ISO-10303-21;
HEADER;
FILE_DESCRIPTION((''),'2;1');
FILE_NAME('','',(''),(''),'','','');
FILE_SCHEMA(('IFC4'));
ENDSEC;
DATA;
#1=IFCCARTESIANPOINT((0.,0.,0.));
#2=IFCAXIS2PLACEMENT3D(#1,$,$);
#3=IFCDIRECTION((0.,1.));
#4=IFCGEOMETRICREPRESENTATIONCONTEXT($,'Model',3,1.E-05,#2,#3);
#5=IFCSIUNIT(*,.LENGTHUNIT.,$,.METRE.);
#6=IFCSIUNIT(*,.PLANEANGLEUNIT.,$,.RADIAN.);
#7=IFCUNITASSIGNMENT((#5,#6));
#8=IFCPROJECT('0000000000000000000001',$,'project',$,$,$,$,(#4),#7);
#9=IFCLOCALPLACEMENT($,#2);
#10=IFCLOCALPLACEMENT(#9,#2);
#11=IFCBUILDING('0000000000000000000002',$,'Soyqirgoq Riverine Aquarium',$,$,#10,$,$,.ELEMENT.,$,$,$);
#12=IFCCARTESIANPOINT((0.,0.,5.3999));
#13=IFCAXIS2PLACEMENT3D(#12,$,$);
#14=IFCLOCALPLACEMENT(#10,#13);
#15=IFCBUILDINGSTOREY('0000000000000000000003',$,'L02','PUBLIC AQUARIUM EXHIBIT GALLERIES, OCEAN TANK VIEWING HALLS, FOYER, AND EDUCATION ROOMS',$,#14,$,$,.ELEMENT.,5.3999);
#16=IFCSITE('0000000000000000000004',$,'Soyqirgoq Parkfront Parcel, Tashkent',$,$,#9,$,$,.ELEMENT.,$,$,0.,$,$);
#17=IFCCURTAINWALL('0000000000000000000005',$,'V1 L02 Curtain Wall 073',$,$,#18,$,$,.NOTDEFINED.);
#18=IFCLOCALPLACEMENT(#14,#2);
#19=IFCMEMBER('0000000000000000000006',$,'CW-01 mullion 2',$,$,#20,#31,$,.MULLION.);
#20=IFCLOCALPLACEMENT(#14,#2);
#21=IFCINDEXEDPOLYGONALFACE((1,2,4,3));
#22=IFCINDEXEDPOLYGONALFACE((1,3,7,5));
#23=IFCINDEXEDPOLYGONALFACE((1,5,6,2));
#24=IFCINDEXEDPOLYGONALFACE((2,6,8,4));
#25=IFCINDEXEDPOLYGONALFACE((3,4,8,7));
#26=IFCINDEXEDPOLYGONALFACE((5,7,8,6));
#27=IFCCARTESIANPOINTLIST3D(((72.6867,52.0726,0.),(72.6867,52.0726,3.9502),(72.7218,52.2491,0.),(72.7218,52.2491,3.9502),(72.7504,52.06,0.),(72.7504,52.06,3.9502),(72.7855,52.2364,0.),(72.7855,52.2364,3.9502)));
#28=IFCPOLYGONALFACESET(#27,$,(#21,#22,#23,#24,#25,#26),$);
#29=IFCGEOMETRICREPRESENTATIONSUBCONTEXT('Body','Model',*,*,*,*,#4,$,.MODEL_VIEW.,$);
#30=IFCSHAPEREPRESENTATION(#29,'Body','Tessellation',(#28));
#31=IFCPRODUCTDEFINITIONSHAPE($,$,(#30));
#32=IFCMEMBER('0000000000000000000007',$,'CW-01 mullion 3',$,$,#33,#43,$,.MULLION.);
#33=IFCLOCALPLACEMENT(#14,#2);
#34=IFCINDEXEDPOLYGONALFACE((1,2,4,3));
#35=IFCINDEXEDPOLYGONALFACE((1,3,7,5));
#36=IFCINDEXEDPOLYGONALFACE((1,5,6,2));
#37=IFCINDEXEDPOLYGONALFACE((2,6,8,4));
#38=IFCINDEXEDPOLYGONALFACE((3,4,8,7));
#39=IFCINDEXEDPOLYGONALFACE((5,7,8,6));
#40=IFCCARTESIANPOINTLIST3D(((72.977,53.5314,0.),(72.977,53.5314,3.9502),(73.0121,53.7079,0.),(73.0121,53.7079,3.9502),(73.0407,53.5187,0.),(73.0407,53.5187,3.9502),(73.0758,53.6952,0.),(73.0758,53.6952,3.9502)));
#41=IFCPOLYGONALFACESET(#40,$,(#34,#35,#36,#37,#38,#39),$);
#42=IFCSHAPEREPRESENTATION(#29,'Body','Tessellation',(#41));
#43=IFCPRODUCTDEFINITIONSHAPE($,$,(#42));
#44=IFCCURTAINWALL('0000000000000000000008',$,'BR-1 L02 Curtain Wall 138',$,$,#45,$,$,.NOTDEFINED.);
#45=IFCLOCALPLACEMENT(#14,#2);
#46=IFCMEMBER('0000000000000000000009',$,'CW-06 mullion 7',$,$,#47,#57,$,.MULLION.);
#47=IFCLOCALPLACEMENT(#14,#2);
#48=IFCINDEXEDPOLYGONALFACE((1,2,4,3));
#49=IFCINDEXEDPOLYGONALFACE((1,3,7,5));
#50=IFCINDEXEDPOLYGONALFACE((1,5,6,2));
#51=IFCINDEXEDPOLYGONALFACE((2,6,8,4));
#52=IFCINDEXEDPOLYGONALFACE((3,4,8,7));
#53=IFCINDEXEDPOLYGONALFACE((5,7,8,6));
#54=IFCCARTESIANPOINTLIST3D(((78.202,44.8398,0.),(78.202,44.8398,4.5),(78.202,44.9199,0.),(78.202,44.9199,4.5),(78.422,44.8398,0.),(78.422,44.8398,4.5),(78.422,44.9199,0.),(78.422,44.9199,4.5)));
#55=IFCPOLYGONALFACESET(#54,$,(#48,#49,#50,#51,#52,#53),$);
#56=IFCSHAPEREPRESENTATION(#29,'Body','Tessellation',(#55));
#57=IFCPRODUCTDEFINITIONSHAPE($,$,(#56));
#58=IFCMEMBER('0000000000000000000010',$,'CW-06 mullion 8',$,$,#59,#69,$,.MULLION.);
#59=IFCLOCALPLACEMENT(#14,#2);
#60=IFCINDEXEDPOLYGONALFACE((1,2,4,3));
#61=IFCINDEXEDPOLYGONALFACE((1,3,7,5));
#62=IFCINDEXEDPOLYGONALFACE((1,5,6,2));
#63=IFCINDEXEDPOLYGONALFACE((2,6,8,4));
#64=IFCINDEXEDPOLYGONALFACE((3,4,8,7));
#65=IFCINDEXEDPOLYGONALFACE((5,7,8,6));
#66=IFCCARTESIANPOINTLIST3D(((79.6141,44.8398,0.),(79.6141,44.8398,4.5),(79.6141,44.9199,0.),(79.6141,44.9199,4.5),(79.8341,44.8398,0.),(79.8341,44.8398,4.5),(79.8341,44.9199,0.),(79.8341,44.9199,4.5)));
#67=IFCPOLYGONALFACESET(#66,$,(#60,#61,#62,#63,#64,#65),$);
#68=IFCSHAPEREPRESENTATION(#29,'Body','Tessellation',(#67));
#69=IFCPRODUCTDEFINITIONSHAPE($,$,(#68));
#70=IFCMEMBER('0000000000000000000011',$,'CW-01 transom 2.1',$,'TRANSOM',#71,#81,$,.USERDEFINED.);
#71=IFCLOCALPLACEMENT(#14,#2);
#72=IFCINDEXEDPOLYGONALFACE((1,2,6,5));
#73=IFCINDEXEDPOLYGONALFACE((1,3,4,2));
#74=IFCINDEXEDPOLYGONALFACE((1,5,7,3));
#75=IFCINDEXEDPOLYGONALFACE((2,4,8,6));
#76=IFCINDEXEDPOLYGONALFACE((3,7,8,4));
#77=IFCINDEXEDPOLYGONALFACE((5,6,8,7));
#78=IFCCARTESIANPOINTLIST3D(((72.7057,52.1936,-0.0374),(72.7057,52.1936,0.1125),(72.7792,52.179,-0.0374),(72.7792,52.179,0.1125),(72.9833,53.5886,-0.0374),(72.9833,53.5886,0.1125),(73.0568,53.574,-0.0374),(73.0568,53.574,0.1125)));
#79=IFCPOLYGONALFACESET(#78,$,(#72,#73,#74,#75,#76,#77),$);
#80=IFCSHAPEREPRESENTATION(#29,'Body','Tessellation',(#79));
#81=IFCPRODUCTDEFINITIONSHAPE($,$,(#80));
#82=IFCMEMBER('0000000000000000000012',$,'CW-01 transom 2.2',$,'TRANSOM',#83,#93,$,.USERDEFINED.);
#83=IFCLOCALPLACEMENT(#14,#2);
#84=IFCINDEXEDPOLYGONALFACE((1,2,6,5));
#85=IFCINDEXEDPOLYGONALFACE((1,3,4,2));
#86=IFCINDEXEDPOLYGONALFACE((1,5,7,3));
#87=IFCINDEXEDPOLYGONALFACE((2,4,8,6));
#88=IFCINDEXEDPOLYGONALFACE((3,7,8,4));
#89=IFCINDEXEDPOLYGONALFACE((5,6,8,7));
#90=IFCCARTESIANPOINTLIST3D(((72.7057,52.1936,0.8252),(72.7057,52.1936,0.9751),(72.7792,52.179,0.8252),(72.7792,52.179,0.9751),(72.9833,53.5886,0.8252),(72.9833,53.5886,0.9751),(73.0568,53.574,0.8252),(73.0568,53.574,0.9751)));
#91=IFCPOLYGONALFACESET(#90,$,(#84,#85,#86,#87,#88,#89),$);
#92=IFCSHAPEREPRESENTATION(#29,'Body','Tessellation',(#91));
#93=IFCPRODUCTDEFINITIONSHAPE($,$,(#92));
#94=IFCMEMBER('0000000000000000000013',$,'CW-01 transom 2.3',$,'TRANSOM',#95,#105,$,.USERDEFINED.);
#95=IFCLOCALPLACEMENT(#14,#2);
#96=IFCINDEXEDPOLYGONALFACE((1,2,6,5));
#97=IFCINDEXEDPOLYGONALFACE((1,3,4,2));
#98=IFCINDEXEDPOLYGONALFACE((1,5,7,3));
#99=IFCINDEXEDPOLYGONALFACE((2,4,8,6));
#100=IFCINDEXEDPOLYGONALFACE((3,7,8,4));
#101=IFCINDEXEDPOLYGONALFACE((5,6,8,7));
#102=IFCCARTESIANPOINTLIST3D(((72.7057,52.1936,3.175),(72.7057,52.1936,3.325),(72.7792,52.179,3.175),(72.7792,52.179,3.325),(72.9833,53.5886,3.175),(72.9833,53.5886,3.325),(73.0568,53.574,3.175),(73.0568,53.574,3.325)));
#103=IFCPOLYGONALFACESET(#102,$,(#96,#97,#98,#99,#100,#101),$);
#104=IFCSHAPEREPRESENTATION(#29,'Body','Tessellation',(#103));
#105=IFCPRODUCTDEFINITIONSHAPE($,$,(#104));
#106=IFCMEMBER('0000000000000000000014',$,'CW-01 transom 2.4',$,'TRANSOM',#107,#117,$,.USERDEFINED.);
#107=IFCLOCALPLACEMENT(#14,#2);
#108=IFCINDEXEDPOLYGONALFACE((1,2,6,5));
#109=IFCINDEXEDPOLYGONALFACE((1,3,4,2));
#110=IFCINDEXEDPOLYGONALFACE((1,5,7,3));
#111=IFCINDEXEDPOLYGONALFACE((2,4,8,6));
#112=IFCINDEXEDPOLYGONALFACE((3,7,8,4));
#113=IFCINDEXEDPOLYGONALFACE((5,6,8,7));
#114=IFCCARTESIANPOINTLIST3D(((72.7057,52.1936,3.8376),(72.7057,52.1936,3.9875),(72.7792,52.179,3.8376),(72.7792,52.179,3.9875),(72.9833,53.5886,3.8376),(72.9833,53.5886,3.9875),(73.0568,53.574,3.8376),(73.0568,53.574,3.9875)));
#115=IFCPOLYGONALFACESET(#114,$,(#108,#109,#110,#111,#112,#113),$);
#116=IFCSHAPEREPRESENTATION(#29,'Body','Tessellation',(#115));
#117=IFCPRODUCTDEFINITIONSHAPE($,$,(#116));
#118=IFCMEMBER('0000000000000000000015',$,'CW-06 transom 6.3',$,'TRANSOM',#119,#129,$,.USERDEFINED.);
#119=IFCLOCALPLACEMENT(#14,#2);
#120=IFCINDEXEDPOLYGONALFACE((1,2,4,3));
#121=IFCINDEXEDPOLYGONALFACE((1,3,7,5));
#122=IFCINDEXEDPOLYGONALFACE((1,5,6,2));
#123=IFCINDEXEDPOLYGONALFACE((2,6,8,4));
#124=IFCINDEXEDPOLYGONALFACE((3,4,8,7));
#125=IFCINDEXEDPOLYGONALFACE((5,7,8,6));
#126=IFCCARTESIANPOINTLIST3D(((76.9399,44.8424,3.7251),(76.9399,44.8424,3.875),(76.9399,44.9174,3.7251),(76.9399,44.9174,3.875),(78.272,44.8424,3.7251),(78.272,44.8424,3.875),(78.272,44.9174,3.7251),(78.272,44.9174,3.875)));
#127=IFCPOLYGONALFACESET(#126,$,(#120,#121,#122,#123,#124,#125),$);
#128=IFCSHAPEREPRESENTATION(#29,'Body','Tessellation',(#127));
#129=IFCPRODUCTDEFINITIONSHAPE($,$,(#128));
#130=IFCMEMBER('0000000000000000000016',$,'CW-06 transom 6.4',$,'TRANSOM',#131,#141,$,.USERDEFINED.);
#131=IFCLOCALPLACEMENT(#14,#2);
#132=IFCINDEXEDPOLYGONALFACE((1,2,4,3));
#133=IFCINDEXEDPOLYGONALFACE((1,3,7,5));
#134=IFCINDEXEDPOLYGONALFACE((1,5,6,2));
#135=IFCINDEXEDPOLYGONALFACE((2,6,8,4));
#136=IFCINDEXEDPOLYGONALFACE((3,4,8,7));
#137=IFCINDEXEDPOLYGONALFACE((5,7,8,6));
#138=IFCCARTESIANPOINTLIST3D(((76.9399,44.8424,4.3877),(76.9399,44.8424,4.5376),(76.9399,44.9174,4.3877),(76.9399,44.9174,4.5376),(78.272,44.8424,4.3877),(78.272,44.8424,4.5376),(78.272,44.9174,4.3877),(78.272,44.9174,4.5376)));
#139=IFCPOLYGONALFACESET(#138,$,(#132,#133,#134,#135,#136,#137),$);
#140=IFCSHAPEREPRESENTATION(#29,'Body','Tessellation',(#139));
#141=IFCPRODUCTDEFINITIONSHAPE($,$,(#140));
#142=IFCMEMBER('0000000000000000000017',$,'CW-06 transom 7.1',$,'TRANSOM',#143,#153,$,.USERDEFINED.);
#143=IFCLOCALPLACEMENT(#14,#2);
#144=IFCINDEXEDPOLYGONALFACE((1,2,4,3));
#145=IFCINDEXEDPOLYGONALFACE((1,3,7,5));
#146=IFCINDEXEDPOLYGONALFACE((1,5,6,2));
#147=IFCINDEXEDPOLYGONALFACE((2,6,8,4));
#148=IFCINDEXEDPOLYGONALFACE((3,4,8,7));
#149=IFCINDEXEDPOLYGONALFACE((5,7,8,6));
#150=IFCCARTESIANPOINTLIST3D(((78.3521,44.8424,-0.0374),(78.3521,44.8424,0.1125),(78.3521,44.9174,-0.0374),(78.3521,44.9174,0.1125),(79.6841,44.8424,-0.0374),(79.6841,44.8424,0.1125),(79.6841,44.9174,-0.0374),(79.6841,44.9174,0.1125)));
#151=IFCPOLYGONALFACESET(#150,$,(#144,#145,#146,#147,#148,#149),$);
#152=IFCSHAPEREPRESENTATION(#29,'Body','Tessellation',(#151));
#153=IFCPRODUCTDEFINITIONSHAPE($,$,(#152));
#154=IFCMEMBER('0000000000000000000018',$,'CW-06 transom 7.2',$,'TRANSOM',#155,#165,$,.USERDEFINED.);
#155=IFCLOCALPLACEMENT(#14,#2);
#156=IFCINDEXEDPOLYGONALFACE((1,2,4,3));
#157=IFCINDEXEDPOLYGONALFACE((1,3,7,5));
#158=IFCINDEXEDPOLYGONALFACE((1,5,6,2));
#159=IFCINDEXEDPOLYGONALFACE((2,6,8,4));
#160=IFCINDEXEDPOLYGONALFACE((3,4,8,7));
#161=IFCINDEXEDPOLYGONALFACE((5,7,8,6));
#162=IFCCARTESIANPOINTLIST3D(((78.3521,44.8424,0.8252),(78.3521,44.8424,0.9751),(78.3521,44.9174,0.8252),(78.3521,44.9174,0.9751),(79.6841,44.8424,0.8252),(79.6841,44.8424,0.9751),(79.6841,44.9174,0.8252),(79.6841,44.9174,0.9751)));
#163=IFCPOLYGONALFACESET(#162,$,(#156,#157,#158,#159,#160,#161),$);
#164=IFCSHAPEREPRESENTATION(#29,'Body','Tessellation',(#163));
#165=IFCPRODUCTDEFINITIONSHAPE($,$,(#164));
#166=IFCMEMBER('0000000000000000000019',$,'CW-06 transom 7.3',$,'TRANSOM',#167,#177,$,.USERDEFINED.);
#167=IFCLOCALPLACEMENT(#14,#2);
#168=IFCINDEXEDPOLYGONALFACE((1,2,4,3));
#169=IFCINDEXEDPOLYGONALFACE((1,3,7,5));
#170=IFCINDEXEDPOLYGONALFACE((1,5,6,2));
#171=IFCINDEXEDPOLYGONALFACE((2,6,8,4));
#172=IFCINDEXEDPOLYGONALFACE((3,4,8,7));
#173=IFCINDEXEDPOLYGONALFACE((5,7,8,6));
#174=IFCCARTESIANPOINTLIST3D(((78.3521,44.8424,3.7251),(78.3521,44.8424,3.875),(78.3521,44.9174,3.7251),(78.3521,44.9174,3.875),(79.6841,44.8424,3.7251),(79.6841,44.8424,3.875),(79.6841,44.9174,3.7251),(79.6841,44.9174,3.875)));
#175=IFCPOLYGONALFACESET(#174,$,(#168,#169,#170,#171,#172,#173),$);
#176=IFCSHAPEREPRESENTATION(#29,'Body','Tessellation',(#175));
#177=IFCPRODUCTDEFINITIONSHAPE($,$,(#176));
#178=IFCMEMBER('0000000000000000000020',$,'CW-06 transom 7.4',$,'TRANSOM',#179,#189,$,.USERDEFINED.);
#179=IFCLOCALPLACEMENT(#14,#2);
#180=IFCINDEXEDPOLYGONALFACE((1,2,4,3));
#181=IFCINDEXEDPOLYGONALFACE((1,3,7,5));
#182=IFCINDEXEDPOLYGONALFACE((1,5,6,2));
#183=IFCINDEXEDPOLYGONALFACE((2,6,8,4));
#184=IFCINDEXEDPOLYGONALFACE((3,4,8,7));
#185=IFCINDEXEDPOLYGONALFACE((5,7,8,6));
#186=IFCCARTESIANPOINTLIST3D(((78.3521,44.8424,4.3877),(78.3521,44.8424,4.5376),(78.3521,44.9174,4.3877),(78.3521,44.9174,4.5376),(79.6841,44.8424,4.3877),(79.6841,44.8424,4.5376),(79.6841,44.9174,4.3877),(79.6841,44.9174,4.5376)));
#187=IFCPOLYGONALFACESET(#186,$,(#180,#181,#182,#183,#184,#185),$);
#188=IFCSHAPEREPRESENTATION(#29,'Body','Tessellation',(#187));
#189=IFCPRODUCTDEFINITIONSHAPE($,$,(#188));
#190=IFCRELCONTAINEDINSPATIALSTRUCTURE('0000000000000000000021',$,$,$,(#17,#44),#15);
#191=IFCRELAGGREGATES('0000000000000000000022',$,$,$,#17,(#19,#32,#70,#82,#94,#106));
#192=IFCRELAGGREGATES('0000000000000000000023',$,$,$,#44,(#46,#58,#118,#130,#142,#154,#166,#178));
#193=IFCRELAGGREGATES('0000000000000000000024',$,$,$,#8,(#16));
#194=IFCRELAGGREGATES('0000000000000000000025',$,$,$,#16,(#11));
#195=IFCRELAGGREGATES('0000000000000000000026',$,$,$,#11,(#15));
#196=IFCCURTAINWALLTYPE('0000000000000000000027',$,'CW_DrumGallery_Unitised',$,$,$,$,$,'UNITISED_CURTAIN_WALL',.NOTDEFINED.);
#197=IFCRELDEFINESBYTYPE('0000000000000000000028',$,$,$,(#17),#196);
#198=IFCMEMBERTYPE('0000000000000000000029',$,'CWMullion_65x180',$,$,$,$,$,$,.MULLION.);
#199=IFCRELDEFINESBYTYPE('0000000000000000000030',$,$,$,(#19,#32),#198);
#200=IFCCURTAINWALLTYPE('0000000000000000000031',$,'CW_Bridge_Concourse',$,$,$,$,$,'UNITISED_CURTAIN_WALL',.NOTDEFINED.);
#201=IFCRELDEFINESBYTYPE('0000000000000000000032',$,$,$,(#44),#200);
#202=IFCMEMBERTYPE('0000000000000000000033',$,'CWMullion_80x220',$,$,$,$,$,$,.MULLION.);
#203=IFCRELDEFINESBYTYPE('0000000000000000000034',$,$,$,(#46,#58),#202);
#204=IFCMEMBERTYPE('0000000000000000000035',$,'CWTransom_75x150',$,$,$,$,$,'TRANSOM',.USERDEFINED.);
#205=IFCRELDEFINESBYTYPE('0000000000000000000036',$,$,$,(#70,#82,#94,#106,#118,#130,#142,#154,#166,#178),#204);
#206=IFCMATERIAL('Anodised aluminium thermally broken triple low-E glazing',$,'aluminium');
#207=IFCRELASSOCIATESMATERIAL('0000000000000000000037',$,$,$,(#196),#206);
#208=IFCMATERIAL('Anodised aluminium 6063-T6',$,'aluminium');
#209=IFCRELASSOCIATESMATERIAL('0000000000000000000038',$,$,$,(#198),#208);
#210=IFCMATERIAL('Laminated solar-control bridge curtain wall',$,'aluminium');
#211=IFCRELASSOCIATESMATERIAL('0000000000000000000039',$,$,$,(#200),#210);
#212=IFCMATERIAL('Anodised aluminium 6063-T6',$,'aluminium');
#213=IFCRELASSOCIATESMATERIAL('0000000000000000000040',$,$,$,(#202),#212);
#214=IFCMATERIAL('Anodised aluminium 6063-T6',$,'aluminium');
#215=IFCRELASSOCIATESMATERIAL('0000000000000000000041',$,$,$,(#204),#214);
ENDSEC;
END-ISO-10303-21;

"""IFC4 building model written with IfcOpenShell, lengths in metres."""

from ifc_helpers import new_model, si_unit, direction, frame, origin, origin_2d, place, context, subcontext, project, spatial, rectangle, extrude, material, material_profile, profile_set, type_object, element, aggregate, save


model = new_model("IFC4")

# Units and contexts
model_context = context("Model", 3, precision=1e-05, world=origin(), true_north=direction((0.0, 1.0)))
body_context = subcontext(model_context, "Body", "Model", "MODEL_VIEW")
ifc_project = project(units=[si_unit("LENGTHUNIT", "METRE"), si_unit("PLANEANGLEUNIT", "RADIAN")], contexts=[model_context])

# Site, building, storey
site_placement = place(None, origin())
site = spatial("IfcSite", under=ifc_project, at=site_placement, Name="Soyqirgoq Parkfront Parcel, Tashkent", CompositionType="ELEMENT", RefElevation=0.0)
building_placement = place(site_placement, origin())
building = spatial("IfcBuilding", under=site, at=building_placement, Name="Soyqirgoq Riverine Aquarium", CompositionType="ELEMENT")
storey_placement = place(building_placement, frame((0.0, 0.0, 5.3999)))
storey = spatial("IfcBuildingStorey", under=building, at=storey_placement, Name="L02", Description="PUBLIC AQUARIUM EXHIBIT GALLERIES, OCEAN TANK VIEWING HALLS, FOYER, AND EDUCATION ROOMS", CompositionType="ELEMENT", Elevation=5.3999)

# Curtain walls, members
ifc_material_1 = material(Name="Anodised aluminium thermally broken triple low-E glazing", Category="aluminium")
curtain_wall_type_1 = type_object("IfcCurtainWallType", Name="CW_DrumGallery_Unitised", ElementType="UNITISED_CURTAIN_WALL", PredefinedType="NOTDEFINED", material=ifc_material_1)
curtain_wall_1_placement = place(storey_placement, origin())
curtain_wall_1 = element("IfcCurtainWall", 1, at=curtain_wall_1_placement, inside=storey, type_object=curtain_wall_type_1, Name="V1 L02 Curtain Wall 073", PredefinedType="NOTDEFINED")
ifc_material_2 = material(Name="Anodised aluminium 6063-T6", Category="aluminium")
ifc_material_profile_1 = material_profile(ifc_material_2, rectangle(XDim=0.0649, YDim=0.1799, at=origin_2d()), Name="ALU-M 65x180")
ifc_profile_set_1 = profile_set([ifc_material_profile_1], Name="Anodised aluminium 6063-T6")
member_type_1 = type_object("IfcMemberType", Name="CWMullion_65x180", PredefinedType="MULLION", material=ifc_profile_set_1)
member_1_placement = place(storey_placement, frame((72.7361, 52.1545, 0.0), z_axis=(0.0, 0.0, 1.0), x_axis=(-0.980786, 0.195088, 0.0)))
member_1 = element("IfcMember", 2, at=member_1_placement, type_object=member_type_1, Name="CW-01 mullion 2", PredefinedType="MULLION", context=body_context, shape_type="SweptSolid", body=[
    extrude(rectangle(XDim=0.0649, YDim=0.1799, at=origin_2d()), origin(), (0.0, 0.0, 1.0), 3.9502),
])
member_2_placement = place(storey_placement, frame((73.0264, 53.6133, 0.0), z_axis=(0.0, 0.0, 1.0), x_axis=(-0.980786, 0.195088, 0.0)))
member_2 = element("IfcMember", 3, at=member_2_placement, type_object=member_type_1, Name="CW-01 mullion 3", PredefinedType="MULLION", context=body_context, shape_type="SweptSolid", body=[
    extrude(rectangle(XDim=0.0649, YDim=0.1799, at=origin_2d()), origin(), (0.0, 0.0, 1.0), 3.9502),
])
ifc_material_3 = material(Name="Laminated solar-control bridge curtain wall", Category="aluminium")
curtain_wall_type_2 = type_object("IfcCurtainWallType", Name="CW_Bridge_Concourse", ElementType="UNITISED_CURTAIN_WALL", PredefinedType="NOTDEFINED", material=ifc_material_3)
curtain_wall_2_placement = place(storey_placement, origin())
curtain_wall_2 = element("IfcCurtainWall", 4, at=curtain_wall_2_placement, inside=storey, type_object=curtain_wall_type_2, Name="BR-1 L02 Curtain Wall 138", PredefinedType="NOTDEFINED")
ifc_material_4 = material(Name="Anodised aluminium 6063-T6", Category="aluminium")
ifc_material_profile_2 = material_profile(ifc_material_4, rectangle(XDim=0.0801, YDim=0.22, at=origin_2d()), Name="ALU-M 80x220")
ifc_profile_set_2 = profile_set([ifc_material_profile_2], Name="Anodised aluminium 6063-T6")
member_type_2 = type_object("IfcMemberType", Name="CWMullion_80x220", PredefinedType="MULLION", material=ifc_profile_set_2)
member_3_placement = place(storey_placement, frame((78.312, 44.8799, 0.0), z_axis=(0.0, 0.0, 1.0), x_axis=(0.0, 1.0, 0.0)))
member_3 = element("IfcMember", 5, at=member_3_placement, type_object=member_type_2, Name="CW-06 mullion 7", PredefinedType="MULLION", context=body_context, shape_type="SweptSolid", body=[
    extrude(rectangle(XDim=0.0801, YDim=0.22, at=origin_2d()), origin(), (0.0, 0.0, 1.0), 4.5),
])
member_4_placement = place(storey_placement, frame((79.7241, 44.8799, 0.0), z_axis=(0.0, 0.0, 1.0), x_axis=(0.0, 1.0, 0.0)))
member_4 = element("IfcMember", 6, at=member_4_placement, type_object=member_type_2, Name="CW-06 mullion 8", PredefinedType="MULLION", context=body_context, shape_type="SweptSolid", body=[
    extrude(rectangle(XDim=0.0801, YDim=0.22, at=origin_2d()), origin(), (0.0, 0.0, 1.0), 4.5),
])

# Members
ifc_material_5 = material(Name="Anodised aluminium 6063-T6", Category="aluminium")
ifc_material_profile_3 = material_profile(ifc_material_5, rectangle(XDim=0.075, YDim=0.1499, at=origin_2d()), Name="ALU-T 75x150")
ifc_profile_set_3 = profile_set([ifc_material_profile_3], Name="Anodised aluminium 6063-T6")
member_type_3 = type_object("IfcMemberType", Name="CWTransom_75x150", ElementType="TRANSOM", PredefinedType="USERDEFINED", material=ifc_profile_set_3)
member_5_placement = place(storey_placement, frame((72.7424, 52.1863, 0.0376), z_axis=(0.195159, 0.980772, 0.0), x_axis=(-0.980772, 0.195159, 0.0)))
member_5 = element("IfcMember", 7, at=member_5_placement, type_object=member_type_3, Name="CW-01 transom 2.1", ObjectType="TRANSOM", PredefinedType="USERDEFINED", context=body_context, shape_type="SweptSolid", body=[
    extrude(rectangle(XDim=0.075, YDim=0.1499, at=origin_2d()), origin(), (0.0, 0.0, 1.0), 1.4224),
])
member_6_placement = place(storey_placement, frame((72.7424, 52.1863, 0.9001), z_axis=(0.195159, 0.980772, 0.0), x_axis=(-0.980772, 0.195159, 0.0)))
member_6 = element("IfcMember", 8, at=member_6_placement, type_object=member_type_3, Name="CW-01 transom 2.2", ObjectType="TRANSOM", PredefinedType="USERDEFINED", context=body_context, shape_type="SweptSolid", body=[
    extrude(rectangle(XDim=0.075, YDim=0.1499, at=origin_2d()), origin(), (0.0, 0.0, 1.0), 1.4224),
])
member_7_placement = place(storey_placement, frame((72.7424, 52.1863, 3.25), z_axis=(0.195159, 0.980772, 0.0), x_axis=(-0.980772, 0.195159, 0.0)))
member_7 = element("IfcMember", 9, at=member_7_placement, type_object=member_type_3, Name="CW-01 transom 2.3", ObjectType="TRANSOM", PredefinedType="USERDEFINED", context=body_context, shape_type="SweptSolid", body=[
    extrude(rectangle(XDim=0.075, YDim=0.1499, at=origin_2d()), origin(), (0.0, 0.0, 1.0), 1.4224),
])
member_8_placement = place(storey_placement, frame((72.7424, 52.1863, 3.9126), z_axis=(0.195159, 0.980772, 0.0), x_axis=(-0.980772, 0.195159, 0.0)))
member_8 = element("IfcMember", 10, at=member_8_placement, type_object=member_type_3, Name="CW-01 transom 2.4", ObjectType="TRANSOM", PredefinedType="USERDEFINED", context=body_context, shape_type="SweptSolid", body=[
    extrude(rectangle(XDim=0.075, YDim=0.1499, at=origin_2d()), origin(), (0.0, 0.0, 1.0), 1.4224),
])
member_9_placement = place(storey_placement, frame((76.9399, 44.8799, 3.8), z_axis=(1.0, 0.0, 0.0), x_axis=(0.0, 1.0, 0.0)))
member_9 = element("IfcMember", 11, at=member_9_placement, type_object=member_type_3, Name="CW-06 transom 6.3", ObjectType="TRANSOM", PredefinedType="USERDEFINED", context=body_context, shape_type="SweptSolid", body=[
    extrude(rectangle(XDim=0.075, YDim=0.1499, at=origin_2d()), origin(), (0.0, 0.0, 1.0), 1.332),
])
member_10_placement = place(storey_placement, frame((76.9399, 44.8799, 4.4626), z_axis=(1.0, 0.0, 0.0), x_axis=(0.0, 1.0, 0.0)))
member_10 = element("IfcMember", 12, at=member_10_placement, type_object=member_type_3, Name="CW-06 transom 6.4", ObjectType="TRANSOM", PredefinedType="USERDEFINED", context=body_context, shape_type="SweptSolid", body=[
    extrude(rectangle(XDim=0.075, YDim=0.1499, at=origin_2d()), origin(), (0.0, 0.0, 1.0), 1.332),
])
member_11_placement = place(storey_placement, frame((78.3521, 44.8799, 0.0376), z_axis=(1.0, 0.0, 0.0), x_axis=(0.0, 1.0, 0.0)))
member_11 = element("IfcMember", 13, at=member_11_placement, type_object=member_type_3, Name="CW-06 transom 7.1", ObjectType="TRANSOM", PredefinedType="USERDEFINED", context=body_context, shape_type="SweptSolid", body=[
    extrude(rectangle(XDim=0.075, YDim=0.1499, at=origin_2d()), origin(), (0.0, 0.0, 1.0), 1.332),
])
member_12_placement = place(storey_placement, frame((78.3521, 44.8799, 0.9001), z_axis=(1.0, 0.0, 0.0), x_axis=(0.0, 1.0, 0.0)))
member_12 = element("IfcMember", 14, at=member_12_placement, type_object=member_type_3, Name="CW-06 transom 7.2", ObjectType="TRANSOM", PredefinedType="USERDEFINED", context=body_context, shape_type="SweptSolid", body=[
    extrude(rectangle(XDim=0.075, YDim=0.1499, at=origin_2d()), origin(), (0.0, 0.0, 1.0), 1.332),
])
member_13_placement = place(storey_placement, frame((78.3521, 44.8799, 3.8), z_axis=(1.0, 0.0, 0.0), x_axis=(0.0, 1.0, 0.0)))
member_13 = element("IfcMember", 15, at=member_13_placement, type_object=member_type_3, Name="CW-06 transom 7.3", ObjectType="TRANSOM", PredefinedType="USERDEFINED", context=body_context, shape_type="SweptSolid", body=[
    extrude(rectangle(XDim=0.075, YDim=0.1499, at=origin_2d()), origin(), (0.0, 0.0, 1.0), 1.332),
])
member_14_placement = place(storey_placement, frame((78.3521, 44.8799, 4.4626), z_axis=(1.0, 0.0, 0.0), x_axis=(0.0, 1.0, 0.0)))
member_14 = element("IfcMember", 16, at=member_14_placement, type_object=member_type_3, Name="CW-06 transom 7.4", ObjectType="TRANSOM", PredefinedType="USERDEFINED", context=body_context, shape_type="SweptSolid", body=[
    extrude(rectangle(XDim=0.075, YDim=0.1499, at=origin_2d()), origin(), (0.0, 0.0, 1.0), 1.332),
])

aggregate(curtain_wall_1, [member_1, member_2, member_5, member_6, member_7, member_8])
aggregate(curtain_wall_2, [member_3, member_4, member_9, member_10, member_11, member_12, member_13, member_14])

save(model, "model.ifc")
